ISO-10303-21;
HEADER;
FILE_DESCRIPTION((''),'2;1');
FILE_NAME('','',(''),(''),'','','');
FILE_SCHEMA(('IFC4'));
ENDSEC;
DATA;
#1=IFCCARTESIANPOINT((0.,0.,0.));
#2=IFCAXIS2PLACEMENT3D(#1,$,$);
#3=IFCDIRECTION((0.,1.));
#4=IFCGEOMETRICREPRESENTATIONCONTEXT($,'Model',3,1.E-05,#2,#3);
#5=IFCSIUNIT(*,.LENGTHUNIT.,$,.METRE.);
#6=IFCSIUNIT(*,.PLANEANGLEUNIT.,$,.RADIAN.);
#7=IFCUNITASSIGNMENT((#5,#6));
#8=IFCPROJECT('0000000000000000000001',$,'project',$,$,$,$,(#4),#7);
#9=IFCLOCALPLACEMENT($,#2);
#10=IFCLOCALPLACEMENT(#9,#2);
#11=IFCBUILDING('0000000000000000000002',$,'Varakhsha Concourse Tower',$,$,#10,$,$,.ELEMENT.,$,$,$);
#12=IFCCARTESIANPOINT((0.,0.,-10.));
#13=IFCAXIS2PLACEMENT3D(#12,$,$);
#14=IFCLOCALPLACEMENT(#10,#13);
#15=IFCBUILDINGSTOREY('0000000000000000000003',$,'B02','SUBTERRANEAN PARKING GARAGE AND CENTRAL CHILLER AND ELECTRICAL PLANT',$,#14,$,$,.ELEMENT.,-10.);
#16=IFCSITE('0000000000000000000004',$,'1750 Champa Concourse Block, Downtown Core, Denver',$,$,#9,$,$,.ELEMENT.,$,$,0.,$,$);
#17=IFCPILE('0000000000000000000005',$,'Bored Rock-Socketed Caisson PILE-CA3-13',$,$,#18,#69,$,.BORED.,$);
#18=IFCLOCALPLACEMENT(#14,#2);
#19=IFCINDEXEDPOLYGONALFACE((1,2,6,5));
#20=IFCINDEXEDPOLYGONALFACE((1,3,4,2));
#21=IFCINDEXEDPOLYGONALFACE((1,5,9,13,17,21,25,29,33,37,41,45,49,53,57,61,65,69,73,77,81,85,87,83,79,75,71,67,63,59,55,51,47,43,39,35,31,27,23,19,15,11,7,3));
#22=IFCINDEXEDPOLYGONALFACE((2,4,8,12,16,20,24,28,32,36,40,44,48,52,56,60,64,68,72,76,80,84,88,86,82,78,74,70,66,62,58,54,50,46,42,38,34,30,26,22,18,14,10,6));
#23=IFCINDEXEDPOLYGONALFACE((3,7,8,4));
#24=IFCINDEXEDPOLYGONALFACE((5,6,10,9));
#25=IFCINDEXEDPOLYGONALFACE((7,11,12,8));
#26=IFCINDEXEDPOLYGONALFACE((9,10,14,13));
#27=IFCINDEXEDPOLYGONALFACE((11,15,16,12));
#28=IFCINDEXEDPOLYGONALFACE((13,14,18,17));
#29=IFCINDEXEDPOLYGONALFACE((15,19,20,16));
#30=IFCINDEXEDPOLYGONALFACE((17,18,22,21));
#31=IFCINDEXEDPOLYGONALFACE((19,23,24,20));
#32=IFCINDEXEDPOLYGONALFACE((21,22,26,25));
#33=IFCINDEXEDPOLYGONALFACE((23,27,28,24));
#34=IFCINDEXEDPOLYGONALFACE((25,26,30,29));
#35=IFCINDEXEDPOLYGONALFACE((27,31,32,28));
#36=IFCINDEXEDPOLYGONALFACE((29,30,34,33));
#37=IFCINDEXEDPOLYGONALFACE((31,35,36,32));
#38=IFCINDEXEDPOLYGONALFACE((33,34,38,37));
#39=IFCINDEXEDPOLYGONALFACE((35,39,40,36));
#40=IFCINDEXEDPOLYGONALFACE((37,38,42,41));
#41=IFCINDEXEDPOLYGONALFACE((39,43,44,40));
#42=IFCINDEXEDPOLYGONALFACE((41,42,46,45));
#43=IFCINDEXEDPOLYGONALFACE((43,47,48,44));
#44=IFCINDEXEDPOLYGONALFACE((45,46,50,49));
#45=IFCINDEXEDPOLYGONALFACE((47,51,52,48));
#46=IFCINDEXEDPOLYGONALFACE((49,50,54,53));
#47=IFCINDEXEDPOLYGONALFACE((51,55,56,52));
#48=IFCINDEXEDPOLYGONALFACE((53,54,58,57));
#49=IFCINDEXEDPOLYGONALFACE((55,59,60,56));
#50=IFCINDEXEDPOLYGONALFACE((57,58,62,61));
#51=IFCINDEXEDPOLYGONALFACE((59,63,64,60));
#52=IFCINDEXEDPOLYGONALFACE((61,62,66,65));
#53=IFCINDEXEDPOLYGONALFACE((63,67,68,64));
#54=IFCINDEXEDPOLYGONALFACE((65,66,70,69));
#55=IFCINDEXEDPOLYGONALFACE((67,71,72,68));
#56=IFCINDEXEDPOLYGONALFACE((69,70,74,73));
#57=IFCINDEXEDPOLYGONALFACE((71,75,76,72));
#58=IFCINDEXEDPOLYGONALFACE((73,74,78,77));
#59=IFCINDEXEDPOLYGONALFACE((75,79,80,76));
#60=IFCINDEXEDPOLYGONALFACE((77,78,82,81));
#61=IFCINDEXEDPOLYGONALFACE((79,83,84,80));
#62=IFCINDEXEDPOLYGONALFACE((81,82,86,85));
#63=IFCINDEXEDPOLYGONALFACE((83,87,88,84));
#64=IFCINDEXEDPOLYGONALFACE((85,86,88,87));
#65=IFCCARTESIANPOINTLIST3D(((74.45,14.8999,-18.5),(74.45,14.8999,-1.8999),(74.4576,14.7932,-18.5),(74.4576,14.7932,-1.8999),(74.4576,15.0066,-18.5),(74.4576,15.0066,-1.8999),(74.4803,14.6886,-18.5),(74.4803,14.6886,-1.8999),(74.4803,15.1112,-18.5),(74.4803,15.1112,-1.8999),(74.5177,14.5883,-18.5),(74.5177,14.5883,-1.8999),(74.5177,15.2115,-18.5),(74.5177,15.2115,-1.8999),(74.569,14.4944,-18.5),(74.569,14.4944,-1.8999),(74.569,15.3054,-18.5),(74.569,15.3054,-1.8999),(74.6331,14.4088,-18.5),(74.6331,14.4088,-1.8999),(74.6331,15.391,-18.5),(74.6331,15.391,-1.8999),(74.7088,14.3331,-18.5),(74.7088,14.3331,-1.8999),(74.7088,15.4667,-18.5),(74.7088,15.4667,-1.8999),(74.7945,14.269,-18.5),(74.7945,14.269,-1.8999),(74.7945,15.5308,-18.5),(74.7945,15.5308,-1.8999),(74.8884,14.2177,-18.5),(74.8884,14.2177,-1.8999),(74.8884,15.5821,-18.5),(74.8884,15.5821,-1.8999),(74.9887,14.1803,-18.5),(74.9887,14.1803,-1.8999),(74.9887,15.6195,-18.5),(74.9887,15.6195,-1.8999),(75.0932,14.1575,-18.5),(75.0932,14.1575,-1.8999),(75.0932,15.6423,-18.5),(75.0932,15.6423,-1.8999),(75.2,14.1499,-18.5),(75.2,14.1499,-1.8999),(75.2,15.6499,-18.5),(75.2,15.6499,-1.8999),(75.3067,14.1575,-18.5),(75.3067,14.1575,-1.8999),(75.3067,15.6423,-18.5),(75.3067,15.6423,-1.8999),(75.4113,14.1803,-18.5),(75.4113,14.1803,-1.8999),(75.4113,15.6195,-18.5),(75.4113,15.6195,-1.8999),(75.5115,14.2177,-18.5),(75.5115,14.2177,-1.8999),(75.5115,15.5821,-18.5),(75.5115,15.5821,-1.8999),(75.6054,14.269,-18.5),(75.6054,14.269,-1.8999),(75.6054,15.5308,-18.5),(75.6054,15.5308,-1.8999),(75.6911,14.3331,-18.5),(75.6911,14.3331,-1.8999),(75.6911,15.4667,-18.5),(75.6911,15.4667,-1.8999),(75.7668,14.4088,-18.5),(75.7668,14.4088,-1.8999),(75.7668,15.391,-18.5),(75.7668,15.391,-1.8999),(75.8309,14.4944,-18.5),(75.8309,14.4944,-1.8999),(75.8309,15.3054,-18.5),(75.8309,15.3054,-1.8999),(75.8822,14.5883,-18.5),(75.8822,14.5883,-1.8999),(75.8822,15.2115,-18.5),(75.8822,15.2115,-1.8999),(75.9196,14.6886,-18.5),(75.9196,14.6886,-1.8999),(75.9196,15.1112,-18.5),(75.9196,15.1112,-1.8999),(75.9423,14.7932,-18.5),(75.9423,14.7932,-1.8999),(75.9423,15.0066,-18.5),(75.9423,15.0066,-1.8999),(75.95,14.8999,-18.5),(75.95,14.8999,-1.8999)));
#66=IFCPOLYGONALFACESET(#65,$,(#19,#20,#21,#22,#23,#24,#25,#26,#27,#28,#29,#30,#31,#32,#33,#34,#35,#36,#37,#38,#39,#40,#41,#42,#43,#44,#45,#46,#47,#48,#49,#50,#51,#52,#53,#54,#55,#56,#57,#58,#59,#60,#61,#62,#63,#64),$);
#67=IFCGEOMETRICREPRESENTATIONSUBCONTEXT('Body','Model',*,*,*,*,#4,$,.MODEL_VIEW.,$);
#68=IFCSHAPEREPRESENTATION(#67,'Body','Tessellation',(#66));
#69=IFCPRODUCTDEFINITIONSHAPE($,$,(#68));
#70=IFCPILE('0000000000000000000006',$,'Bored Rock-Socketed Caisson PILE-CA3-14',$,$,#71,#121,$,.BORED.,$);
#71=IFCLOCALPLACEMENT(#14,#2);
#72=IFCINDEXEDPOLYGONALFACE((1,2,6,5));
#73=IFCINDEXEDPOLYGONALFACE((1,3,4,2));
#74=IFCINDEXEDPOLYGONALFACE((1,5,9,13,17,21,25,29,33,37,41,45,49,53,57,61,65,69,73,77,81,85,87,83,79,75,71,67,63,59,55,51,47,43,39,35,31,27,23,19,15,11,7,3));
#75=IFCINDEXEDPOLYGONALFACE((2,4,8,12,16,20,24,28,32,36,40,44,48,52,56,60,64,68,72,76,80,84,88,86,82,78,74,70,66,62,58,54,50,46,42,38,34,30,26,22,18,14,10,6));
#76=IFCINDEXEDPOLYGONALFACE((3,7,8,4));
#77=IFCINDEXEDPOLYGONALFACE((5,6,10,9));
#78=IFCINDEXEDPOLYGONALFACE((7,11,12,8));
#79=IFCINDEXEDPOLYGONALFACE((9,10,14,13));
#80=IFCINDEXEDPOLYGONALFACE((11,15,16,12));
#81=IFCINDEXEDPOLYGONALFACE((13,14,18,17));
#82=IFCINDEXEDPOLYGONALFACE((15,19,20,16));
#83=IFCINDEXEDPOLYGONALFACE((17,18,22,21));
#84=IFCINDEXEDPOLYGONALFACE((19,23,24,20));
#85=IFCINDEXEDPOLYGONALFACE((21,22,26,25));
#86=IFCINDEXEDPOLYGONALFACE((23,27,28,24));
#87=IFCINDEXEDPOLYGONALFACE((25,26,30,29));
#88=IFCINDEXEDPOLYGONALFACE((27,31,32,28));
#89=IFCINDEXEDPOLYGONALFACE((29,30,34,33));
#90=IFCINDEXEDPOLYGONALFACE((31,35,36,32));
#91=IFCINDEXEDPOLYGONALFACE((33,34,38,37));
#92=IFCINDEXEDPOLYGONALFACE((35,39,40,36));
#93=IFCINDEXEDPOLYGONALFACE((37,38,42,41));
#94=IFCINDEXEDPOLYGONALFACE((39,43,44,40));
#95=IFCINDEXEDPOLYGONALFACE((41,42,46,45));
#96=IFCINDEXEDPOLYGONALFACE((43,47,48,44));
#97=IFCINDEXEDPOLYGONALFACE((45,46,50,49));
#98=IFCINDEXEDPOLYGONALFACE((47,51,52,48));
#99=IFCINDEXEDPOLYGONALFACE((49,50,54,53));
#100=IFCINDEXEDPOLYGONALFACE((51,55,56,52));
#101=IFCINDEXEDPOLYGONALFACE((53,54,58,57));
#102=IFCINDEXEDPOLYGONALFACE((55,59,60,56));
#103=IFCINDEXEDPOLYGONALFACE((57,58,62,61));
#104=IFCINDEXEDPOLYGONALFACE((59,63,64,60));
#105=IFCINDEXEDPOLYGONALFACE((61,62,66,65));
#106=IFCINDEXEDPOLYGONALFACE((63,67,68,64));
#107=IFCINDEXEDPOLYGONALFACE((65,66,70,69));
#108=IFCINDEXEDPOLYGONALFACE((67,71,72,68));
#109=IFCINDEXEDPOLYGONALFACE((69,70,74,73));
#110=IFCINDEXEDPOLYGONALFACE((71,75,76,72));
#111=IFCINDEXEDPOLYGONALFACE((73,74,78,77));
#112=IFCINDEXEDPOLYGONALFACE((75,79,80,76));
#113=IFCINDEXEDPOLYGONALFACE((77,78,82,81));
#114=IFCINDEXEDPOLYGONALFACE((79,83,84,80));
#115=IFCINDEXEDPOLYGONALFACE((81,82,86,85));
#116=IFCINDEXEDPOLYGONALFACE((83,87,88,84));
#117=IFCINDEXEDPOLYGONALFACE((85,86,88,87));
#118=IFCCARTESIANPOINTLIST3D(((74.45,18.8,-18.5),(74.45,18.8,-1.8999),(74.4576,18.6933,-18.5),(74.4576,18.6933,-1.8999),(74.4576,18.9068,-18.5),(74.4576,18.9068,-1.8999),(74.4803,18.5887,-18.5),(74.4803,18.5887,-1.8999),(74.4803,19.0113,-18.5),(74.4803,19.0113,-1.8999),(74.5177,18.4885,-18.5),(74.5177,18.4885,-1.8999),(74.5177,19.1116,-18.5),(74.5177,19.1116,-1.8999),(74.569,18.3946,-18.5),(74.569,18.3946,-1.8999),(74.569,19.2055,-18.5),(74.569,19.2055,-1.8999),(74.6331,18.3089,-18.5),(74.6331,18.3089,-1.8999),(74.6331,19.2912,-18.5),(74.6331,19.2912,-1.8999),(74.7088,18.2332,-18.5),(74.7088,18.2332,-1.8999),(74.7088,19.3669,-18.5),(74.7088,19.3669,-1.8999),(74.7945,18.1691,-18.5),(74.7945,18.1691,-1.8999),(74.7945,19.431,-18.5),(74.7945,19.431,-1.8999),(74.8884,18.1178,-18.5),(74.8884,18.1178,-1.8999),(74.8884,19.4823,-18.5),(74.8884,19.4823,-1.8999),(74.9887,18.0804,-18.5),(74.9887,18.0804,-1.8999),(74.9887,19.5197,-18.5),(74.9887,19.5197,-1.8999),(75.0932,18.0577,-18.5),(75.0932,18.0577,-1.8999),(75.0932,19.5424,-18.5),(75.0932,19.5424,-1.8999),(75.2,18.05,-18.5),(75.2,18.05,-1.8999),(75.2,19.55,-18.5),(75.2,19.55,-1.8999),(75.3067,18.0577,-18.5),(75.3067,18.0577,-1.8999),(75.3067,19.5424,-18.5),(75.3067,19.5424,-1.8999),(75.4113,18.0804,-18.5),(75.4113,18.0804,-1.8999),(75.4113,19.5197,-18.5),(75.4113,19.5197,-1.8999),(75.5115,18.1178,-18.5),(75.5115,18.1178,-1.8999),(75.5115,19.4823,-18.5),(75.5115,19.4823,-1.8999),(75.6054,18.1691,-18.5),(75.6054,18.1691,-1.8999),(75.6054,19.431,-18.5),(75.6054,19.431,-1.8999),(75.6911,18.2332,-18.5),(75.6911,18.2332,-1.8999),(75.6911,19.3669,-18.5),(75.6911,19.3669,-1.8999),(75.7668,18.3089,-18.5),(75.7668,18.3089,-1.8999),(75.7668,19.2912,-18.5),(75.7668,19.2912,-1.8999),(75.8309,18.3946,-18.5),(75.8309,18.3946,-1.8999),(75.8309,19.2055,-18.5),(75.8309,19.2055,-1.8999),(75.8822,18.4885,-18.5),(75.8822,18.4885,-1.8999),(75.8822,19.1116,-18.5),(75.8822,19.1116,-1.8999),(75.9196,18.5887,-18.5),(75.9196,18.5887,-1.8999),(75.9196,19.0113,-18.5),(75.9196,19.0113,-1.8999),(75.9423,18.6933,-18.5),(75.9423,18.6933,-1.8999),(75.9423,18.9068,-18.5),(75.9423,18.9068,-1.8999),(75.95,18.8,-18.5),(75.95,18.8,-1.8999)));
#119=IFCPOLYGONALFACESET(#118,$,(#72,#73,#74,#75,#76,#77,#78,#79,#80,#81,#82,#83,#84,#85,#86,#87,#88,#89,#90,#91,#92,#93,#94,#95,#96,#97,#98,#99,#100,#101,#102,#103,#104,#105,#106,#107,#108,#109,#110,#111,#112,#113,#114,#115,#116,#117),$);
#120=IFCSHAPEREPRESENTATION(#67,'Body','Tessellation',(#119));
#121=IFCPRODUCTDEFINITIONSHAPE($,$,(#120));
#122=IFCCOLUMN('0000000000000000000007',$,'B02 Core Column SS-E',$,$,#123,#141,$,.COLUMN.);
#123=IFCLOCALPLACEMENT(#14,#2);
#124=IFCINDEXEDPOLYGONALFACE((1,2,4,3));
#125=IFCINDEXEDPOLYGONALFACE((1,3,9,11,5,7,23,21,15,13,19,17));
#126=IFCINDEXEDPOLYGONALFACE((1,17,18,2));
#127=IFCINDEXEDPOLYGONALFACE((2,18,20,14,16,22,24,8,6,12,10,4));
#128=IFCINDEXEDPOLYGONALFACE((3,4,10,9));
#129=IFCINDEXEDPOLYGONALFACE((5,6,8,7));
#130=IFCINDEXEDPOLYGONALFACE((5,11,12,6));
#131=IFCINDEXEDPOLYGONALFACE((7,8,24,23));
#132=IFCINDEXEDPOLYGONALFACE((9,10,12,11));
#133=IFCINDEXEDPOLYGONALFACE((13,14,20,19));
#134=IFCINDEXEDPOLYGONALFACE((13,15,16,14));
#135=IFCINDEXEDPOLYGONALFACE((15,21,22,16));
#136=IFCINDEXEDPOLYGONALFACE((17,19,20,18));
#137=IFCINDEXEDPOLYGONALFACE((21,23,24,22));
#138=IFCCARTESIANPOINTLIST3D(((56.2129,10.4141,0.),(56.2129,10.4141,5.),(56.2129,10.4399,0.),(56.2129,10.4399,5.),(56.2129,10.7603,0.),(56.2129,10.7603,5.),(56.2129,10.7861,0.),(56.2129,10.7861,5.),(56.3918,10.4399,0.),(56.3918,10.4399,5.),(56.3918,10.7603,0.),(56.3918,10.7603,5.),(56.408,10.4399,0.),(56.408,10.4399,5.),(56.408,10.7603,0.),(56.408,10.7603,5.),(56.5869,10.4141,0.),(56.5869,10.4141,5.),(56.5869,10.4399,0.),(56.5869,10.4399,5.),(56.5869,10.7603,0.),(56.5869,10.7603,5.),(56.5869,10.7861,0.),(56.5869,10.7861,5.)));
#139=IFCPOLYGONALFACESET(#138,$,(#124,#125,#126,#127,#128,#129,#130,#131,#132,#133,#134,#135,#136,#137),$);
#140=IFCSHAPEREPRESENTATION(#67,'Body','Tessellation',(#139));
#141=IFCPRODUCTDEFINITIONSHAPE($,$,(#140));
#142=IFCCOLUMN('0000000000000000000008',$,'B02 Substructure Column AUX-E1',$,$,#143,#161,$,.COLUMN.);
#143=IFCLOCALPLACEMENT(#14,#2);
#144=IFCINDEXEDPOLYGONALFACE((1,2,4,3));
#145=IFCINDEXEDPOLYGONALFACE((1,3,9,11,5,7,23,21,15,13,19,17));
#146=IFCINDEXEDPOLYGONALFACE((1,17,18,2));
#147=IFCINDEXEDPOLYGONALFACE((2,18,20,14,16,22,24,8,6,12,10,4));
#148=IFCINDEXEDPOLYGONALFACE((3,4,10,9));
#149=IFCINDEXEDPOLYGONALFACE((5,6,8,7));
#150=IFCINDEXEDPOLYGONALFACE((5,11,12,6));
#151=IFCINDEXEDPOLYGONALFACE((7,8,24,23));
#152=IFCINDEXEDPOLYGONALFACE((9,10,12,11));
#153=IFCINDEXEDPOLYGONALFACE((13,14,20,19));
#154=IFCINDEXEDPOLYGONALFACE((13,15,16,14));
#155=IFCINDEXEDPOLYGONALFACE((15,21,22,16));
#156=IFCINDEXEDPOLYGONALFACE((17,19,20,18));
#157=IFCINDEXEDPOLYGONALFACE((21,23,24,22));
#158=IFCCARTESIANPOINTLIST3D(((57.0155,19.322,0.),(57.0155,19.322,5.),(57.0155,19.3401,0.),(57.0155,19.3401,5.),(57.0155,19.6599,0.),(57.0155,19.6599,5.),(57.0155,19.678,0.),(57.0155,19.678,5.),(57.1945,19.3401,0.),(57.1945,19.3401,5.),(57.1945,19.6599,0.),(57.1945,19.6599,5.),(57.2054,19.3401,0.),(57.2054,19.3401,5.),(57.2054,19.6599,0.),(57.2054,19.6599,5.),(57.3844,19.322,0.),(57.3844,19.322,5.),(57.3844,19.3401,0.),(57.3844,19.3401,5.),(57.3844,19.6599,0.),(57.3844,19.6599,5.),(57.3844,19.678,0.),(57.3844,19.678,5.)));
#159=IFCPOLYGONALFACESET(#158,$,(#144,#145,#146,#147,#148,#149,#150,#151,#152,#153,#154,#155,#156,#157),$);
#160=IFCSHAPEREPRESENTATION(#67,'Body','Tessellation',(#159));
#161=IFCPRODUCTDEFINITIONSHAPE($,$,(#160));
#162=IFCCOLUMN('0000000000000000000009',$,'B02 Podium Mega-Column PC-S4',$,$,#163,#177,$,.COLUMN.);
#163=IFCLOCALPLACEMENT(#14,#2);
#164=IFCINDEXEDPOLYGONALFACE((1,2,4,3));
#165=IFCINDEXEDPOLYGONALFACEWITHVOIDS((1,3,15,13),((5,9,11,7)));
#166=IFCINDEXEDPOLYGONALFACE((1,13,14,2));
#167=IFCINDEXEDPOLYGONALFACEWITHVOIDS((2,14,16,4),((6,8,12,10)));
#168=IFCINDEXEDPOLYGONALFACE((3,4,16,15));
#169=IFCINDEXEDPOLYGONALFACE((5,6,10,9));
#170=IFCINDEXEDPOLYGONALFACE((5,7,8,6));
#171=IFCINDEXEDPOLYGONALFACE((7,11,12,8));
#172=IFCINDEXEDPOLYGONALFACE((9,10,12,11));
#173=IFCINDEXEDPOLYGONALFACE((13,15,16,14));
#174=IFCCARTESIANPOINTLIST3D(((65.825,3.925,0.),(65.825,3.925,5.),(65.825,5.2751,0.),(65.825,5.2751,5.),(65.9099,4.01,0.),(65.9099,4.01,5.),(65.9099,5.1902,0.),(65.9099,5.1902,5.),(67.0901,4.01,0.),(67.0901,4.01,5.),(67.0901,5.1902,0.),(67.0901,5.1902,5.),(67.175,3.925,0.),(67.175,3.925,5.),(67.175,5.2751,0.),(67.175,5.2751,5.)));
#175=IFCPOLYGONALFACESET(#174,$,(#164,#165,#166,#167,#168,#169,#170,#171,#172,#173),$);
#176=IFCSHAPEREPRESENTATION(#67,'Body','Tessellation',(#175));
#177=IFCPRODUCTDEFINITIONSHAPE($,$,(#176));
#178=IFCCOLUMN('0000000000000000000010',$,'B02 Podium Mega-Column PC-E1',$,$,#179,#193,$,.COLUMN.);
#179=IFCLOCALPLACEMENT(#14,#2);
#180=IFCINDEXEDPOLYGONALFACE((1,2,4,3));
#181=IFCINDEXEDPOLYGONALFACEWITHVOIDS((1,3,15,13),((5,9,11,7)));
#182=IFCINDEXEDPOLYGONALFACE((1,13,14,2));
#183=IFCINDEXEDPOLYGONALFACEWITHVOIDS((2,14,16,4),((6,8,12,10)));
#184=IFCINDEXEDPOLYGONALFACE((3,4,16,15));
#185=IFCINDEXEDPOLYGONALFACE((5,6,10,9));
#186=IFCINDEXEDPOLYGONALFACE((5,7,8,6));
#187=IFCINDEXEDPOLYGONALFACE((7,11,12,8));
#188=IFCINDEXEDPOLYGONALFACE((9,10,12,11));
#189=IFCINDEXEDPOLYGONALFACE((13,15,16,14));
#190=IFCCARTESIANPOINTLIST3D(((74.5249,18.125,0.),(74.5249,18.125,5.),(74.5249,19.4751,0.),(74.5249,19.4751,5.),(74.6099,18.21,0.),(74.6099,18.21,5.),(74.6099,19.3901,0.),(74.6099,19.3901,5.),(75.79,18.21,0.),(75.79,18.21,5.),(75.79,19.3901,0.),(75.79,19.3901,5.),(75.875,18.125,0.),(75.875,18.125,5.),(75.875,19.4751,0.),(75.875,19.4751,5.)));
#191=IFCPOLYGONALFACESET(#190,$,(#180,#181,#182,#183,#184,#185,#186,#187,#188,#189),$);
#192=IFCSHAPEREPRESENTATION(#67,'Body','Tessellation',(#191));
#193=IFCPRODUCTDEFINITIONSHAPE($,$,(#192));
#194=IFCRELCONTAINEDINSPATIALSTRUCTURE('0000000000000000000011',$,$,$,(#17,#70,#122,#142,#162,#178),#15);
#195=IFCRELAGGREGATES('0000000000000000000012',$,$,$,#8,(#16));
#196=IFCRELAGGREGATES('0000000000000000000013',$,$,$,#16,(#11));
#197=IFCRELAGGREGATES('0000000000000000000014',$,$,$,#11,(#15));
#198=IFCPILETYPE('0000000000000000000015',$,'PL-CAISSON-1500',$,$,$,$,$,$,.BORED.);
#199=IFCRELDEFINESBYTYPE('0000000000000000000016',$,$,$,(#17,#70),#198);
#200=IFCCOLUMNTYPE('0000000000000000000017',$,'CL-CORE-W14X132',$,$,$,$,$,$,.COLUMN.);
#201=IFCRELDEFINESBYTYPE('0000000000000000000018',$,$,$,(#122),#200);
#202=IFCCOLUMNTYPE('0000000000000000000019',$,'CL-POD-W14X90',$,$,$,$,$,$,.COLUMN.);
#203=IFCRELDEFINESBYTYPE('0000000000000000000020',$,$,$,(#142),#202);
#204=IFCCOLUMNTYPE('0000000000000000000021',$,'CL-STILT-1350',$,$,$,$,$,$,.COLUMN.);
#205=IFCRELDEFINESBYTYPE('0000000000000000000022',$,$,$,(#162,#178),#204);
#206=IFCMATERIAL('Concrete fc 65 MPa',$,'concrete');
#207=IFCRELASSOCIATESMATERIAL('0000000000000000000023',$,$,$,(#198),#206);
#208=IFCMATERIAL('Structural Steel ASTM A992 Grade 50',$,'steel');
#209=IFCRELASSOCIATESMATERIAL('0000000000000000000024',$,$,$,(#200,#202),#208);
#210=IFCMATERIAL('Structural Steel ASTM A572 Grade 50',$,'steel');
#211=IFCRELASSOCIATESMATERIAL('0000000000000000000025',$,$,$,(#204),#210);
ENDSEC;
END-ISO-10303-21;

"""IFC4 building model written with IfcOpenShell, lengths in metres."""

from ifc_helpers import new_model, si_unit, direction, frame, origin, origin_2d, place, context, subcontext, project, spatial, hollow_rectangle, circle, i_section, extrude, material, material_profile, profile_set, type_object, element, save


model = new_model("IFC4")

# Units and contexts
model_context = context("Model", 3, precision=1e-05, world=origin(), true_north=direction((0.0, 1.0)))
body_context = subcontext(model_context, "Body", "Model", "MODEL_VIEW")
ifc_project = project(units=[si_unit("LENGTHUNIT", "METRE"), si_unit("PLANEANGLEUNIT", "RADIAN")], contexts=[model_context])

# Site, building, storey
site_placement = place(None, origin())
site = spatial("IfcSite", under=ifc_project, at=site_placement, Name="1750 Champa Concourse Block, Downtown Core, Denver", CompositionType="ELEMENT", RefElevation=0.0)
building_placement = place(site_placement, origin())
building = spatial("IfcBuilding", under=site, at=building_placement, Name="Varakhsha Concourse Tower", CompositionType="ELEMENT")
storey_placement = place(building_placement, frame((0.0, 0.0, -10.0)))
storey = spatial("IfcBuildingStorey", under=building, at=storey_placement, Name="B02", Description="SUBTERRANEAN PARKING GARAGE AND CENTRAL CHILLER AND ELECTRICAL PLANT", CompositionType="ELEMENT", Elevation=-10.0)

# Piles
ifc_material_1 = material(Name="Concrete fc 65 MPa", Category="concrete")
ifc_material_profile_1 = material_profile(ifc_material_1, circle(Radius=0.75, at=origin_2d()), Name="CAISSON D1500")
ifc_profile_set_1 = profile_set([ifc_material_profile_1], Name="Concrete fc 65 MPa")
pile_type = type_object("IfcPileType", Name="PL-CAISSON-1500", PredefinedType="BORED", material=ifc_profile_set_1)
for number, where, z_axis, x_axis, name in (
    (1, (75.2, 14.8999, -1.8999), (0.0, 0.0, -1.0), (1.0, 0.0, 0.0), "Bored Rock-Socketed Caisson PILE-CA3-13"),
    (2, (75.2, 18.8, -1.8999), (0.0, 0.0, -1.0), (1.0, 0.0, 0.0), "Bored Rock-Socketed Caisson PILE-CA3-14"),
):
    element("IfcPile", number, at=place(storey_placement, frame(where, z_axis=z_axis, x_axis=x_axis)), inside=storey, type_object=pile_type, Name=name, PredefinedType="BORED", context=body_context, shape_type="SweptSolid", body=[
        extrude(circle(Radius=0.75, at=origin_2d()), origin(), (0.0, 0.0, 1.0), 16.6001),
    ])

# Columns
ifc_material_2 = material(Name="Structural Steel ASTM A992 Grade 50", Category="steel")
ifc_material_profile_2 = material_profile(ifc_material_2, i_section(OverallWidth=0.374, OverallDepth=0.3721, WebThickness=0.0161, FlangeThickness=0.0259, at=origin_2d()), Name="W14X132")
ifc_profile_set_2 = profile_set([ifc_material_profile_2], Name="Structural Steel ASTM A992 Grade 50")
column_type_1 = type_object("IfcColumnType", Name="CL-CORE-W14X132", PredefinedType="COLUMN", material=ifc_profile_set_2)
column_1_placement = place(storey_placement, frame((56.3999, 10.6001, 0.0), z_axis=(0.0, 0.0, 1.0), x_axis=(1.0, 0.0, 0.0)))
element("IfcColumn", 3, at=column_1_placement, inside=storey, type_object=column_type_1, Name="B02 Core Column SS-E", PredefinedType="COLUMN", context=body_context, shape_type="SweptSolid", body=[
    extrude(i_section(OverallWidth=0.374, OverallDepth=0.3721, WebThickness=0.0161, FlangeThickness=0.0259, at=origin_2d()), origin(), (0.0, 0.0, 1.0), 5.0),
])
ifc_material_profile_3 = material_profile(ifc_material_2, i_section(OverallWidth=0.3689, OverallDepth=0.356, WebThickness=0.011, FlangeThickness=0.0181, at=origin_2d()), Name="W14X90")
ifc_profile_set_3 = profile_set([ifc_material_profile_3], Name="Structural Steel ASTM A992 Grade 50")
column_type_2 = type_object("IfcColumnType", Name="CL-POD-W14X90", PredefinedType="COLUMN", material=ifc_profile_set_3)
column_2_placement = place(storey_placement, frame((57.2, 19.5, 0.0), z_axis=(0.0, 0.0, 1.0), x_axis=(1.0, 0.0, 0.0)))
element("IfcColumn", 4, at=column_2_placement, inside=storey, type_object=column_type_2, Name="B02 Substructure Column AUX-E1", PredefinedType="COLUMN", context=body_context, shape_type="SweptSolid", body=[
    extrude(i_section(OverallWidth=0.3689, OverallDepth=0.356, WebThickness=0.011, FlangeThickness=0.0181, at=origin_2d()), origin(), (0.0, 0.0, 1.0), 5.0),
])
ifc_material_3 = material(Name="Structural Steel ASTM A572 Grade 50", Category="steel")
ifc_material_profile_4 = material_profile(ifc_material_3, hollow_rectangle(XDim=1.3501, YDim=1.3501, WallThickness=0.085, at=origin_2d()), Name="BOX 1350x1350x85")
ifc_profile_set_4 = profile_set([ifc_material_profile_4], Name="Structural Steel ASTM A572 Grade 50")
column_type_3 = type_object("IfcColumnType", Name="CL-STILT-1350", PredefinedType="COLUMN", material=ifc_profile_set_4)
for number, where, z_axis, x_axis, name in (
    (5, (66.5, 4.6001, 0.0), (0.0, 0.0, 1.0), (1.0, 0.0, 0.0), "B02 Podium Mega-Column PC-S4"),
    (6, (75.2, 18.8, 0.0), (0.0, 0.0, 1.0), (1.0, 0.0, 0.0), "B02 Podium Mega-Column PC-E1"),
):
    element("IfcColumn", number, at=place(storey_placement, frame(where, z_axis=z_axis, x_axis=x_axis)), inside=storey, type_object=column_type_3, Name=name, PredefinedType="COLUMN", context=body_context, shape_type="SweptSolid", body=[
        extrude(hollow_rectangle(XDim=1.3501, YDim=1.3501, WallThickness=0.085, at=origin_2d()), origin(), (0.0, 0.0, 1.0), 5.0),
    ])

save(model, "model.ifc")
